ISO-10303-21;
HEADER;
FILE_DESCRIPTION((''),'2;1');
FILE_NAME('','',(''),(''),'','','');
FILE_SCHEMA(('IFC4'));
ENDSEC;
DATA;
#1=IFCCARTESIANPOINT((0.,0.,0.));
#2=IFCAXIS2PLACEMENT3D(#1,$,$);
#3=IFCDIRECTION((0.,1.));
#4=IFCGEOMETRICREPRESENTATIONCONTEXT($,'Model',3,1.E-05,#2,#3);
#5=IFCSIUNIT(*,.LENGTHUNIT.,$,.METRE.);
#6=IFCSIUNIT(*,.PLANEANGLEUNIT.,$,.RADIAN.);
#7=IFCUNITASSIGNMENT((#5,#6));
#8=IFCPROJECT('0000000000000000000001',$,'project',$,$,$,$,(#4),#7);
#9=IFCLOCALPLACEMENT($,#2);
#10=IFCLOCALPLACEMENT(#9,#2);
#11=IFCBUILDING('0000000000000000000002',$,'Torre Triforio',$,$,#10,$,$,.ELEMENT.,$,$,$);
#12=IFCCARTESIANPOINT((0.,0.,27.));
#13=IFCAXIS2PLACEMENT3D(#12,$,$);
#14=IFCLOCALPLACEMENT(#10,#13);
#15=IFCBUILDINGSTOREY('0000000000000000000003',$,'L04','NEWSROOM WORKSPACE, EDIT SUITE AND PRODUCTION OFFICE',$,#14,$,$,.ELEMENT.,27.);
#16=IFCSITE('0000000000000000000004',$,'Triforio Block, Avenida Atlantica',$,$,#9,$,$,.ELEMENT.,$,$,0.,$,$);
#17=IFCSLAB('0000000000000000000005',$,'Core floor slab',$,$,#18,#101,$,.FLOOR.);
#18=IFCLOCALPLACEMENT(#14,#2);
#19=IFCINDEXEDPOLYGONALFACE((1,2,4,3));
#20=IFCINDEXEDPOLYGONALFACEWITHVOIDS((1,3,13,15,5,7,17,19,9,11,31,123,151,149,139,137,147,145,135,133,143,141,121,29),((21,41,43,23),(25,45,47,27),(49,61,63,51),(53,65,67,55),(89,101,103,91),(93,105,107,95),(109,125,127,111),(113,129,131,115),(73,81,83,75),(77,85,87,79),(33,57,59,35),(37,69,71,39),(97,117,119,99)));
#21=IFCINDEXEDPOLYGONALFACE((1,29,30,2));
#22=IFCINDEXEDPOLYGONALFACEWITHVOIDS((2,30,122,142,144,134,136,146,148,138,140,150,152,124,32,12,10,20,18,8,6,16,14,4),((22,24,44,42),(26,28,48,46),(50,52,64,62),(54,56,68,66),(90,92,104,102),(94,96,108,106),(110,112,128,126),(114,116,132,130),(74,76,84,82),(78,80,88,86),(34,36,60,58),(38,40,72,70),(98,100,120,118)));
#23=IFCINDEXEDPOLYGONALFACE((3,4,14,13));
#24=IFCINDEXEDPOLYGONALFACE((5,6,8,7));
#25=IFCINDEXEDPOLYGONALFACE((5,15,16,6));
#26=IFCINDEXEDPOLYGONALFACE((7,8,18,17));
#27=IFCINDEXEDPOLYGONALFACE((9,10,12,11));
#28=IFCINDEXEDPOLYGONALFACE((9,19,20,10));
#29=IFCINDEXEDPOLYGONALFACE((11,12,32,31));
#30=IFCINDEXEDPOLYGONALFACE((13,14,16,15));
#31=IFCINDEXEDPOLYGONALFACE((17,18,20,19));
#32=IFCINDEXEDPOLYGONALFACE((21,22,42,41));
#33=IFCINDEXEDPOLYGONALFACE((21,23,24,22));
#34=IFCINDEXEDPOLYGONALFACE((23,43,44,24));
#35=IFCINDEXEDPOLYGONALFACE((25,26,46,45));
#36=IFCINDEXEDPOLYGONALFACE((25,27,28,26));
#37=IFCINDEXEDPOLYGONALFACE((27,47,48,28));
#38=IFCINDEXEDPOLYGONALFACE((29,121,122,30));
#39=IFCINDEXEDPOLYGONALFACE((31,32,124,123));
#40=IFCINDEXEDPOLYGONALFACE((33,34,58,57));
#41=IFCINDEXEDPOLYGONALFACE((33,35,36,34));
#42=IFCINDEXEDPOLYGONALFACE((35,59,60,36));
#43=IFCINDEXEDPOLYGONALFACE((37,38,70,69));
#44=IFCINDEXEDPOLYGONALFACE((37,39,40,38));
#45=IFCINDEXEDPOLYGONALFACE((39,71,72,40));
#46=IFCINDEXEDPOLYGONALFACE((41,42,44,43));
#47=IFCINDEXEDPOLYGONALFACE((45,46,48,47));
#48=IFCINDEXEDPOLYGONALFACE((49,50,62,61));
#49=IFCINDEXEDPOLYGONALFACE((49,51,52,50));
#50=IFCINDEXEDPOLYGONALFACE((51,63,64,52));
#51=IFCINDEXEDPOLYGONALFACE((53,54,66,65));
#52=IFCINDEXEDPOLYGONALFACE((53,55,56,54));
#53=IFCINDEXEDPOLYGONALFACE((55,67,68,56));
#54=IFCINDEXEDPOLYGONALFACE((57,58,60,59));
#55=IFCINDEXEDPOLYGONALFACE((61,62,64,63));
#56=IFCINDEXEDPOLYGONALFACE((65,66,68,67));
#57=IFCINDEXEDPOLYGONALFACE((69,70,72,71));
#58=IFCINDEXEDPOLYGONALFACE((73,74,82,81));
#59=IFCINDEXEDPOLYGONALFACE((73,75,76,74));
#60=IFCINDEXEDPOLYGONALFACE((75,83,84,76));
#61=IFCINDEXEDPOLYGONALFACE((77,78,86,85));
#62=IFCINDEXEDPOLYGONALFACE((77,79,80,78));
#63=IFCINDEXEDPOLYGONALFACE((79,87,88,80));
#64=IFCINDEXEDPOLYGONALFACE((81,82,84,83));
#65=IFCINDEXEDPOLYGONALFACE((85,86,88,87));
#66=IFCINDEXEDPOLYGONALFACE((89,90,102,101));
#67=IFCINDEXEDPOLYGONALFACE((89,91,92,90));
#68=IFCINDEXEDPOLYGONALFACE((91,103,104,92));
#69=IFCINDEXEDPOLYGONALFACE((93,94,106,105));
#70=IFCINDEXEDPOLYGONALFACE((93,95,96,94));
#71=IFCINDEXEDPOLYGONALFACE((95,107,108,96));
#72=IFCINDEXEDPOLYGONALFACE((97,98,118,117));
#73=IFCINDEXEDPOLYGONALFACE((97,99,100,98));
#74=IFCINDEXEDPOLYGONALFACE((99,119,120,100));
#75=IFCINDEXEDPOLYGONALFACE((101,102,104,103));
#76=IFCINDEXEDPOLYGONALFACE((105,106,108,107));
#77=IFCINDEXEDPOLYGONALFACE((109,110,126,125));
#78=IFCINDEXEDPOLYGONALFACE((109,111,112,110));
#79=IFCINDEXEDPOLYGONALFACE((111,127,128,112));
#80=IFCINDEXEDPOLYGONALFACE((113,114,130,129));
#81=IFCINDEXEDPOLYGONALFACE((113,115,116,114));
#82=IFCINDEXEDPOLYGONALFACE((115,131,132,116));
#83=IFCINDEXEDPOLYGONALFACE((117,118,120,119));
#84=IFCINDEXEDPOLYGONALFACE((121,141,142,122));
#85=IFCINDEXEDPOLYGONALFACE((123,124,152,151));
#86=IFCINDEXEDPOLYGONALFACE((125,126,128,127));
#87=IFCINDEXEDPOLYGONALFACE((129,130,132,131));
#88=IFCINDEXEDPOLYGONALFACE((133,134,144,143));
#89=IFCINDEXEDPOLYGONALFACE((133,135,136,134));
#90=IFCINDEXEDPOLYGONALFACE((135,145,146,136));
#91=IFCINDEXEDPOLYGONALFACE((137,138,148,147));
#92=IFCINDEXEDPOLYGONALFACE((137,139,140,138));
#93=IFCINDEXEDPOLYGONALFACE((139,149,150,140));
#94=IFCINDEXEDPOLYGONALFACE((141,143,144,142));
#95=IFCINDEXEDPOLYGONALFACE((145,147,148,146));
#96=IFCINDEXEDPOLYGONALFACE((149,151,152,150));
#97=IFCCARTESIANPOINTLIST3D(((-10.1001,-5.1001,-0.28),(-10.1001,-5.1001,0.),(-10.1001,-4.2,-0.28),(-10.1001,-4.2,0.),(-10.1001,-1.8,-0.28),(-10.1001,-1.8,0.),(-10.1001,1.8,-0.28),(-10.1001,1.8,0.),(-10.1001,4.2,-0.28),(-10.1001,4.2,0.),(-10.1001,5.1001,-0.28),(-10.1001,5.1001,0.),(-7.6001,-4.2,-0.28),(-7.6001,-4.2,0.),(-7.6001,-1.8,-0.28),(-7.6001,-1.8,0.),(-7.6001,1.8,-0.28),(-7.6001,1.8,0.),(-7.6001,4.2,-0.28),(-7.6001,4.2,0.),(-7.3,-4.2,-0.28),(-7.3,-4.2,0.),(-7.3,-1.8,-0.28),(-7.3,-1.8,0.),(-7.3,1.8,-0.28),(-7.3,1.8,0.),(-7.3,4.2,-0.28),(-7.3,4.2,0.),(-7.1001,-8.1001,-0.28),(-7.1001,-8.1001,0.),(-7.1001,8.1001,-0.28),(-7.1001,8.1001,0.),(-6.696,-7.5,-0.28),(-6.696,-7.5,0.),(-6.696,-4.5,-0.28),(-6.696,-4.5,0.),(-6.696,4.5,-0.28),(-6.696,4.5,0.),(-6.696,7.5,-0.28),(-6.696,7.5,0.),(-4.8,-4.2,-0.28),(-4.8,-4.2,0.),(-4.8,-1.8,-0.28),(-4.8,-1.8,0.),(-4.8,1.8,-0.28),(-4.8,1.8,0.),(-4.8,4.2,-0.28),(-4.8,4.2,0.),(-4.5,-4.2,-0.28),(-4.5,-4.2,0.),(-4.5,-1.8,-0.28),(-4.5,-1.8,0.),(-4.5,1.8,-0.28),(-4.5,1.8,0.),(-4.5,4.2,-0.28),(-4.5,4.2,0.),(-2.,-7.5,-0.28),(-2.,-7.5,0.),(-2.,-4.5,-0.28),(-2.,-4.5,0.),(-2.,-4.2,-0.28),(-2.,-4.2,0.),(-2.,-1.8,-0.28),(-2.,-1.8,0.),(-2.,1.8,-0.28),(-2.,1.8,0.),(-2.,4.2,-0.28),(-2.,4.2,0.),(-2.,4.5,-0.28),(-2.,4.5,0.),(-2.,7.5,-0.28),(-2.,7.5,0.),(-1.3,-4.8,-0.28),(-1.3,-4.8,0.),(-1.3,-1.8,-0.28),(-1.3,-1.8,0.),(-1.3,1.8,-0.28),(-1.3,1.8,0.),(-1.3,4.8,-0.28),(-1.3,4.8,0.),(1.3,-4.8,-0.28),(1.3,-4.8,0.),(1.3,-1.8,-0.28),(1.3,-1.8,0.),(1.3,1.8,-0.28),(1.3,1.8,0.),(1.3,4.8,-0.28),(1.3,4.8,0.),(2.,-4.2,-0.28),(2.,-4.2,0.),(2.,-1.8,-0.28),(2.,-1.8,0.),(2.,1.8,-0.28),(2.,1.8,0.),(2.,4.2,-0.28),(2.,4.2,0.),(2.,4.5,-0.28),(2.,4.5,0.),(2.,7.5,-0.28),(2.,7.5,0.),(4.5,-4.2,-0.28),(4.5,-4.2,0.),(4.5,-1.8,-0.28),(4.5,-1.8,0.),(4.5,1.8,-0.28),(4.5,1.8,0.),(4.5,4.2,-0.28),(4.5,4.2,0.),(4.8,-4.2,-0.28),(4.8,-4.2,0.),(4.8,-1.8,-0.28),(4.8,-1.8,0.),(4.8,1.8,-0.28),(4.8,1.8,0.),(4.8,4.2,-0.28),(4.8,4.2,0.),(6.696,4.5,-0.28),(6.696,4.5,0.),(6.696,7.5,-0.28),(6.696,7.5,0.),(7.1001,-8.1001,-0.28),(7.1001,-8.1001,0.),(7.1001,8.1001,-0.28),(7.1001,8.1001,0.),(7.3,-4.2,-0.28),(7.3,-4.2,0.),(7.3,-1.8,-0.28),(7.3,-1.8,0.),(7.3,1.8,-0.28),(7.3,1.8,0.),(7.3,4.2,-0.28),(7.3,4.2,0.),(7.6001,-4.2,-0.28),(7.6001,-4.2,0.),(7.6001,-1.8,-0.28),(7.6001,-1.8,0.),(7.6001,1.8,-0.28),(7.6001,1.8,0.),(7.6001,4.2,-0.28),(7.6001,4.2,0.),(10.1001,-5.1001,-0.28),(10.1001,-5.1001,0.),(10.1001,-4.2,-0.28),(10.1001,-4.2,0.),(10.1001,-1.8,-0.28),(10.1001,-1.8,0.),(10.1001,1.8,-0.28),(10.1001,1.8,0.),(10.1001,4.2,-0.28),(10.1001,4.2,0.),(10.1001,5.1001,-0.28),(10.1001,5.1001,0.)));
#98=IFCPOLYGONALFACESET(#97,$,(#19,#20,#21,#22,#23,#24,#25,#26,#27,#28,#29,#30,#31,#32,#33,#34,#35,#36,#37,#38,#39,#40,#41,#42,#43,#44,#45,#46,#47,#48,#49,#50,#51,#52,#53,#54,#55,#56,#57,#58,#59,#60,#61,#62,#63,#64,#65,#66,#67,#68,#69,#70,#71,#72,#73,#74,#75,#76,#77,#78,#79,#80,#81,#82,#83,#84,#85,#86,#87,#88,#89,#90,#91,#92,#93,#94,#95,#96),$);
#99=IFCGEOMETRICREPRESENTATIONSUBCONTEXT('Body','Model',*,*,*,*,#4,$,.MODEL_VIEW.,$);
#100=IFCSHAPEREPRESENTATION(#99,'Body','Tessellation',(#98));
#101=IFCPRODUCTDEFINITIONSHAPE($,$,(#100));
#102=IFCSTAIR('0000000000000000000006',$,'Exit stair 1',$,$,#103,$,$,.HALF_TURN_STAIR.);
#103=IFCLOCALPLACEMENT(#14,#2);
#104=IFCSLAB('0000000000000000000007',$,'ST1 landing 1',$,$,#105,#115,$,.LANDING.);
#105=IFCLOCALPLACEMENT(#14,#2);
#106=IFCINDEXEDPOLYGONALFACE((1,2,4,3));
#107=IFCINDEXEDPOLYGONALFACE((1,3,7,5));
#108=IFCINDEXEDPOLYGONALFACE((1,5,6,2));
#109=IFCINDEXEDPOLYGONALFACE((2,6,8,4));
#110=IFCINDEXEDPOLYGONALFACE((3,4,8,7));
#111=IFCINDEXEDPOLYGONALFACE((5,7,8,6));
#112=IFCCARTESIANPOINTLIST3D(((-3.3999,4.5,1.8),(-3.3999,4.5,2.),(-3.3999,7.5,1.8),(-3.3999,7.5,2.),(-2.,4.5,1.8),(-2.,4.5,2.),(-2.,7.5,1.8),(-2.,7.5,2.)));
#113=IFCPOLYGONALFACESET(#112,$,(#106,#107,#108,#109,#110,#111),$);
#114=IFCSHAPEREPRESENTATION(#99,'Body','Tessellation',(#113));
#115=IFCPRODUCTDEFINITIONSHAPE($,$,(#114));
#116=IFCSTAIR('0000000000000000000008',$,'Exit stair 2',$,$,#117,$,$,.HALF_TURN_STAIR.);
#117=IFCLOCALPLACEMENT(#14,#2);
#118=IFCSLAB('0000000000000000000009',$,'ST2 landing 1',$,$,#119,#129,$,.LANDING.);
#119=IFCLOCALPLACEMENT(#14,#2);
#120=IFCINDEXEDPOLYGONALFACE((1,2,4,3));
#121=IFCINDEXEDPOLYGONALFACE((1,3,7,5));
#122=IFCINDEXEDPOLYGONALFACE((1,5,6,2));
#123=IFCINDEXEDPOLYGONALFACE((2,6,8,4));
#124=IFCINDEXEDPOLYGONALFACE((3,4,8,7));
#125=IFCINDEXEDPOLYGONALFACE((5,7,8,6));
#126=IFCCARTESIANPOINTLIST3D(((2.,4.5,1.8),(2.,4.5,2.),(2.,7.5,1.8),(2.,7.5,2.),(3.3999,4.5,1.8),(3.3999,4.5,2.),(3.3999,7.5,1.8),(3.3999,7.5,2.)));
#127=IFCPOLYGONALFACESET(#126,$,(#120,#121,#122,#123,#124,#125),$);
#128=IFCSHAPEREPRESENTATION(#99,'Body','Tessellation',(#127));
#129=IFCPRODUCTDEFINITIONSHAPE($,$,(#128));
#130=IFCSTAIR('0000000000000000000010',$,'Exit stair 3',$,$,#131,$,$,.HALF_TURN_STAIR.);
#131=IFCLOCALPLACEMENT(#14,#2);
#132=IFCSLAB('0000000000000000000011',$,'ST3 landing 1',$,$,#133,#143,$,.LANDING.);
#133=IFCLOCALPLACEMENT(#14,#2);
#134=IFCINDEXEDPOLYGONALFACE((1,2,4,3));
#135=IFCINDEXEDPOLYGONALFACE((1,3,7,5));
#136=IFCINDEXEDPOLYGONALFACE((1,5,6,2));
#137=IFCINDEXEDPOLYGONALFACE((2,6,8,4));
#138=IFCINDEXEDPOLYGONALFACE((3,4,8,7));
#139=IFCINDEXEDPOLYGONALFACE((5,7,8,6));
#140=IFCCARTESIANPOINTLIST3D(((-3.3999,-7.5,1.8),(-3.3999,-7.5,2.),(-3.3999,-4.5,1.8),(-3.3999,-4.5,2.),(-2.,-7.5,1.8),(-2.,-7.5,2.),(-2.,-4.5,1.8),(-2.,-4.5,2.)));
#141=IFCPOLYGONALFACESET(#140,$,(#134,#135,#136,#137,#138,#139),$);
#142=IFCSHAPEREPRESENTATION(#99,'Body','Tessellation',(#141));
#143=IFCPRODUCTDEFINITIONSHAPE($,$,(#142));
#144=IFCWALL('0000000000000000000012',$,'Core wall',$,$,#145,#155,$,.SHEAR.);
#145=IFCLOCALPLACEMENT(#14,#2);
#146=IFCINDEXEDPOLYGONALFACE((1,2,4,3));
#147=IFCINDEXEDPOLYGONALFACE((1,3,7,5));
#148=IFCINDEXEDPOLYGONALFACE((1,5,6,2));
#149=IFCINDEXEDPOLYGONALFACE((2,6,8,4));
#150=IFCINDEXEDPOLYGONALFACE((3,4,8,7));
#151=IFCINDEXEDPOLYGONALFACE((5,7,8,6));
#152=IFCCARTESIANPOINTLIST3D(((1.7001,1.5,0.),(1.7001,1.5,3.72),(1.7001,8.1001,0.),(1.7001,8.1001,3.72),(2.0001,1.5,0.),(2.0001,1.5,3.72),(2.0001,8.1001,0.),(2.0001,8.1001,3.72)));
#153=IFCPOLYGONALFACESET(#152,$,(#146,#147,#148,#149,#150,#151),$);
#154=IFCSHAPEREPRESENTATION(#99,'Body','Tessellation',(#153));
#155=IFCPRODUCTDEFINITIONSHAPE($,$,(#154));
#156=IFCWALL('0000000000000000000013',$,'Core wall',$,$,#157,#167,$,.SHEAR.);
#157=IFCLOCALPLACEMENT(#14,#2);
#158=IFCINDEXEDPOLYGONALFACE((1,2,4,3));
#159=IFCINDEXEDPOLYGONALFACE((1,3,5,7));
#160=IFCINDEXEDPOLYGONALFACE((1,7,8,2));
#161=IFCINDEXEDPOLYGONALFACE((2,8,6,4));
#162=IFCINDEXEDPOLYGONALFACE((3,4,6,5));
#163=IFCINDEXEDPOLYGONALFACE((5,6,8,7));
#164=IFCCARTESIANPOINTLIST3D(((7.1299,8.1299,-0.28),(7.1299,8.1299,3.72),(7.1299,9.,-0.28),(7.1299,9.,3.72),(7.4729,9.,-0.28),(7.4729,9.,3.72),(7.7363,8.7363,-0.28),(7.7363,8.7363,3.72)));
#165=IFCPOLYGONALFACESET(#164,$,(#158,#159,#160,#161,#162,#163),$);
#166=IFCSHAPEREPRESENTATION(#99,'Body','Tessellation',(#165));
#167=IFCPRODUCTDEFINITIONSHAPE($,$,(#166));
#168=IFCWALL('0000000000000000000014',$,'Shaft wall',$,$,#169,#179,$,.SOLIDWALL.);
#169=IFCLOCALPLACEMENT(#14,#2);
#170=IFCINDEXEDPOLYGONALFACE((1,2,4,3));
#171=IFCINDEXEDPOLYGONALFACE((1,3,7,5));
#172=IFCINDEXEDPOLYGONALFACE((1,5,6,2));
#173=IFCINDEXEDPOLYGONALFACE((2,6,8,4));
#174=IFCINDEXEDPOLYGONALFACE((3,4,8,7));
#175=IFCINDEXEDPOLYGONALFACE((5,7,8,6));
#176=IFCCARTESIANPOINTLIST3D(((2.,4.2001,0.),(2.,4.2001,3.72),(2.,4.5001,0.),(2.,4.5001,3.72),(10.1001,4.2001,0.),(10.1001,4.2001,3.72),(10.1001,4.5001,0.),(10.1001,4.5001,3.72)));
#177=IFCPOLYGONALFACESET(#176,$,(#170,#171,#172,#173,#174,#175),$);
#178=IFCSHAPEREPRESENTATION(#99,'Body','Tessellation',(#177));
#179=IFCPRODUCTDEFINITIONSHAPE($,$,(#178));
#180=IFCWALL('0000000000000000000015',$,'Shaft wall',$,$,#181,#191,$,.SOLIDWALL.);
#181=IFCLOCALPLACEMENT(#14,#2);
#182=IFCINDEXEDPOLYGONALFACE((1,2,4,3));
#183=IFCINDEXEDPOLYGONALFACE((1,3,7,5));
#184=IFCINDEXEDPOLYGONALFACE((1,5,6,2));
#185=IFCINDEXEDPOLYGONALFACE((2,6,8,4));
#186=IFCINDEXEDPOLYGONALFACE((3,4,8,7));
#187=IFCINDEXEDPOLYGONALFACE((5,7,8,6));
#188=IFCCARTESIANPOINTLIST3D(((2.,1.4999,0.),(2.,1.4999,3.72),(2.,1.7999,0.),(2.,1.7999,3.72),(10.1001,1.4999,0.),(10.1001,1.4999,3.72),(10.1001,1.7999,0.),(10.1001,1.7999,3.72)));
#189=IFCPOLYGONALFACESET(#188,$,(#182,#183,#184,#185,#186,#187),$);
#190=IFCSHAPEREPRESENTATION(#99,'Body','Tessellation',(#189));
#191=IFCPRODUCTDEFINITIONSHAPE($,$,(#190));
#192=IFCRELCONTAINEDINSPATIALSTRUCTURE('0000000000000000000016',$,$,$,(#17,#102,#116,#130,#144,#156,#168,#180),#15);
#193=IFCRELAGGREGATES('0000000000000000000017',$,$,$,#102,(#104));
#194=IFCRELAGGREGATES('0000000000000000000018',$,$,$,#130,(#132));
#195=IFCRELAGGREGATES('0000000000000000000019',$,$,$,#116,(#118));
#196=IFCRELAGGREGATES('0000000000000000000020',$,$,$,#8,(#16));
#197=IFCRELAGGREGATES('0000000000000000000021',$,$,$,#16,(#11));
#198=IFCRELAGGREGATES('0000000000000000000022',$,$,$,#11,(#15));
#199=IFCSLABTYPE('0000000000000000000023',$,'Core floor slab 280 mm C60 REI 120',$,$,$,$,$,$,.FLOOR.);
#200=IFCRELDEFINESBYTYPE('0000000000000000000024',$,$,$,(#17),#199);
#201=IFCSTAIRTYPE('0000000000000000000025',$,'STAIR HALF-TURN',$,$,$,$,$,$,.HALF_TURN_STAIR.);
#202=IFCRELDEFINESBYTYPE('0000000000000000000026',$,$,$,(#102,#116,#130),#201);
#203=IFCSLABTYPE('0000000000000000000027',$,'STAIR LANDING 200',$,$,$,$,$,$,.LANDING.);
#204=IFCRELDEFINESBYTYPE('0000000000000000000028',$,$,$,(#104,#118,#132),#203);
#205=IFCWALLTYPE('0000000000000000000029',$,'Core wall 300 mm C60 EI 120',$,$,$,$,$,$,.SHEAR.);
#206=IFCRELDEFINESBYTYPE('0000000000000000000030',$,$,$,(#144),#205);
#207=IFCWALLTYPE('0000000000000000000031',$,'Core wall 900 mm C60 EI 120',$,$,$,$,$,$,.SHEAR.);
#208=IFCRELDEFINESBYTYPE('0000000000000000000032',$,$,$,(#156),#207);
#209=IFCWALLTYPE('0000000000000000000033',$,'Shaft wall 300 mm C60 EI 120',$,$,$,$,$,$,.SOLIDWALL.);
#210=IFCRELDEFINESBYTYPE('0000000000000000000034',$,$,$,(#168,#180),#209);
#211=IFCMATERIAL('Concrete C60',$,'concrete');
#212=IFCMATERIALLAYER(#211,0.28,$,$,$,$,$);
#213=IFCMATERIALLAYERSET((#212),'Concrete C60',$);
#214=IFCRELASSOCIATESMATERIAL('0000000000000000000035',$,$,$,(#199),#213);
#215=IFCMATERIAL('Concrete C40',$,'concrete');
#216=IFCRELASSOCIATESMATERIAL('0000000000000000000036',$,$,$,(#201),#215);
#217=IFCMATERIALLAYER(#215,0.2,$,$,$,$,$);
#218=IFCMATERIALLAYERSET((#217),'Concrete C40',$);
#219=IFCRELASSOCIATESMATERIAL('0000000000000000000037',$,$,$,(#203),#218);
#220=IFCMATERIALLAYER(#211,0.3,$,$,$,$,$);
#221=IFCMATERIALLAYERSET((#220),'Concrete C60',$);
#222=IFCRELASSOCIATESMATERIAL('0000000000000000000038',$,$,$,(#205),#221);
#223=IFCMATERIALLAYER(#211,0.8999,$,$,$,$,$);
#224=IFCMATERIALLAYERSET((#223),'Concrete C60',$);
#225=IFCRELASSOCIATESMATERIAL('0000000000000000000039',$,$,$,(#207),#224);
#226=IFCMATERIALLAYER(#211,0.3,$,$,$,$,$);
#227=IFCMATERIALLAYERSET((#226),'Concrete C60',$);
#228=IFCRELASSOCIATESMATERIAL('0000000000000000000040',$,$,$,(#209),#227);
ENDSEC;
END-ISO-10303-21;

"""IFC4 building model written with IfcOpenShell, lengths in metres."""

from ifc_helpers import new_model, si_unit, direction, frame, frame_2d, origin, place, context, subcontext, project, spatial, polyline, rectangle, outline, extrude, material, layer, layer_set, type_object, element, aggregate, save


model = new_model("IFC4")

# Units and contexts
model_context = context("Model", 3, precision=1e-05, world=origin(), true_north=direction((0.0, 1.0)))
body_context = subcontext(model_context, "Body", "Model", "MODEL_VIEW")
ifc_project = project(units=[si_unit("LENGTHUNIT", "METRE"), si_unit("PLANEANGLEUNIT", "RADIAN")], contexts=[model_context])

# Site, building, storey
site_placement = place(None, origin())
site = spatial("IfcSite", under=ifc_project, at=site_placement, Name="Triforio Block, Avenida Atlantica", CompositionType="ELEMENT", RefElevation=0.0)
building_placement = place(site_placement, origin())
building = spatial("IfcBuilding", under=site, at=building_placement, Name="Torre Triforio", CompositionType="ELEMENT")
storey_placement = place(building_placement, frame((0.0, 0.0, 27.0)))
storey = spatial("IfcBuildingStorey", under=building, at=storey_placement, Name="L04", Description="NEWSROOM WORKSPACE, EDIT SUITE AND PRODUCTION OFFICE", CompositionType="ELEMENT", Elevation=27.0)

# Slab
ifc_material_1 = material(Name="Concrete C60", Category="concrete")
ifc_layer_1 = layer(ifc_material_1, 0.28)
ifc_layer_set_1 = layer_set([ifc_layer_1], Name="Concrete C60")
slab_type_1 = type_object("IfcSlabType", Name="Core floor slab 280 mm C60 REI 120", PredefinedType="FLOOR", material=ifc_layer_set_1)
slab_1_placement = place(storey_placement, frame((0.0, 0.0, -0.28)))
element("IfcSlab", 1, at=slab_1_placement, inside=storey, type_object=slab_type_1, Name="Core floor slab", PredefinedType="FLOOR", context=body_context, shape_type="SweptSolid", body=[
    extrude(outline(polyline([(10.1001, -5.1001), (7.1001, -8.1001), (-7.1001, -8.1001), (-10.1001, -5.1001), (-10.1001, -4.2), (-7.6001, -4.2), (-7.6001, -1.8), (-10.1001, -1.8), (-10.1001, 1.8), (-7.6001, 1.8), (-7.6001, 4.2), (-10.1001, 4.2), (-10.1001, 5.1001), (-7.1001, 8.1001), (7.1001, 8.1001), (10.1001, 5.1001), (10.1001, 4.2), (7.6001, 4.2), (7.6001, 1.8), (10.1001, 1.8), (10.1001, -1.8), (7.6001, -1.8), (7.6001, -4.2), (10.1001, -4.2), (10.1001, -5.1001)]), holes=[polyline([(-2.0, -4.5), (-6.696, -4.5), (-6.696, -7.5), (-2.0, -7.5), (-2.0, -4.5)]), polyline([(-4.8, -1.8), (-7.3, -1.8), (-7.3, -4.2), (-4.8, -4.2), (-4.8, -1.8)]), polyline([(-2.0, -1.8), (-4.5, -1.8), (-4.5, -4.2), (-2.0, -4.2), (-2.0, -1.8)]), polyline([(-4.8, 4.2), (-7.3, 4.2), (-7.3, 1.8), (-4.8, 1.8), (-4.8, 4.2)]), polyline([(-2.0, 4.2), (-4.5, 4.2), (-4.5, 1.8), (-2.0, 1.8), (-2.0, 4.2)]), polyline([(1.3, 4.8), (-1.3, 4.8), (-1.3, 1.8), (1.3, 1.8), (1.3, 4.8)]), polyline([(-2.0, 7.5), (-6.696, 7.5), (-6.696, 4.5), (-2.0, 4.5), (-2.0, 7.5)]), polyline([(1.3, -1.8), (-1.3, -1.8), (-1.3, -4.8), (1.3, -4.8), (1.3, -1.8)]), polyline([(4.5, -1.8), (2.0, -1.8), (2.0, -4.2), (4.5, -4.2), (4.5, -1.8)]), polyline([(7.3, -1.8), (4.8, -1.8), (4.8, -4.2), (7.3, -4.2), (7.3, -1.8)]), polyline([(4.5, 4.2), (2.0, 4.2), (2.0, 1.8), (4.5, 1.8), (4.5, 4.2)]), polyline([(7.3, 4.2), (4.8, 4.2), (4.8, 1.8), (7.3, 1.8), (7.3, 4.2)]), polyline([(6.696, 4.5), (6.696, 7.5), (2.0, 7.5), (2.0, 4.5), (6.696, 4.5)])]), origin(), (0.0, 0.0, 1.0), 0.28),
])

# Stairs, slabs
ifc_material_2 = material(Name="Concrete C40", Category="concrete")
stair_type = type_object("IfcStairType", Name="STAIR HALF-TURN", PredefinedType="HALF_TURN_STAIR", material=ifc_material_2)
stair_1_placement = place(storey_placement, origin())
stair_1 = element("IfcStair", 2, at=stair_1_placement, inside=storey, type_object=stair_type, Name="Exit stair 1", PredefinedType="HALF_TURN_STAIR")
ifc_layer_2 = layer(ifc_material_2, 0.2)
ifc_layer_set_2 = layer_set([ifc_layer_2], Name="Concrete C40")
slab_type_2 = type_object("IfcSlabType", Name="STAIR LANDING 200", PredefinedType="LANDING", material=ifc_layer_set_2)
slab_2_placement = place(storey_placement, frame((0.0, 0.0, 1.8)))
slab_2 = element("IfcSlab", 3, at=slab_2_placement, type_object=slab_type_2, Name="ST1 landing 1", PredefinedType="LANDING", context=body_context, shape_type="SweptSolid", body=[
    extrude(outline(polyline([(-2.0, 4.5), (-2.0, 7.5), (-3.3999, 7.5), (-3.3999, 4.5), (-2.0, 4.5)])), origin(), (0.0, 0.0, 1.0), 0.2),
])
aggregate(stair_1, [slab_2])
stair_2_placement = place(storey_placement, origin())
stair_2 = element("IfcStair", 4, at=stair_2_placement, inside=storey, type_object=stair_type, Name="Exit stair 2", PredefinedType="HALF_TURN_STAIR")
slab_3_placement = place(storey_placement, frame((0.0, 0.0, 1.8)))
slab_3 = element("IfcSlab", 5, at=slab_3_placement, type_object=slab_type_2, Name="ST2 landing 1", PredefinedType="LANDING", context=body_context, shape_type="SweptSolid", body=[
    extrude(outline(polyline([(3.3999, 4.5), (3.3999, 7.5), (2.0, 7.5), (2.0, 4.5), (3.3999, 4.5)])), origin(), (0.0, 0.0, 1.0), 0.2),
])
stair_3_placement = place(storey_placement, origin())
stair_3 = element("IfcStair", 6, at=stair_3_placement, inside=storey, type_object=stair_type, Name="Exit stair 3", PredefinedType="HALF_TURN_STAIR")
slab_4_placement = place(storey_placement, frame((0.0, 0.0, 1.8)))
slab_4 = element("IfcSlab", 7, at=slab_4_placement, type_object=slab_type_2, Name="ST3 landing 1", PredefinedType="LANDING", context=body_context, shape_type="SweptSolid", body=[
    extrude(outline(polyline([(-2.0, -7.5), (-2.0, -4.5), (-3.3999, -4.5), (-3.3999, -7.5), (-2.0, -7.5)])), origin(), (0.0, 0.0, 1.0), 0.2),
])
aggregate(stair_3, [slab_4])

# Walls
ifc_layer_3 = layer(ifc_material_1, 0.3)
ifc_layer_set_3 = layer_set([ifc_layer_3], Name="Concrete C60")
wall_type_1 = type_object("IfcWallType", Name="Core wall 300 mm C60 EI 120", PredefinedType="SHEAR", material=ifc_layer_set_3)
wall_1_placement = place(storey_placement, frame((1.8501, 1.5, 0.0), z_axis=(0.0, 0.0, 1.0), x_axis=(0.0, 1.0, 0.0)))
element("IfcWall", 8, at=wall_1_placement, inside=storey, type_object=wall_type_1, Name="Core wall", PredefinedType="SHEAR", context=body_context, shape_type="SweptSolid", body=[
    extrude(rectangle(XDim=6.6001, YDim=0.3, at=frame_2d((3.3, 0.0))), origin(), (0.0, 0.0, 1.0), 3.72),
])
ifc_layer_4 = layer(ifc_material_1, 0.8999)
ifc_layer_set_4 = layer_set([ifc_layer_4], Name="Concrete C60")
wall_type_2 = type_object("IfcWallType", Name="Core wall 900 mm C60 EI 120", PredefinedType="SHEAR", material=ifc_layer_set_4)
wall_2_placement = place(storey_placement, frame((0.0, 0.0, -0.28)))
element("IfcWall", 9, at=wall_2_placement, inside=storey, type_object=wall_type_2, Name="Core wall", PredefinedType="SHEAR", context=body_context, shape_type="SweptSolid", body=[
    extrude(outline(polyline([(7.4729, 9.0), (7.7363, 8.7363), (7.1299, 8.1299), (7.1299, 9.0), (7.4729, 9.0)])), origin(), (0.0, 0.0, 1.0), 4.0),
])
ifc_layer_5 = layer(ifc_material_1, 0.3)
ifc_layer_set_5 = layer_set([ifc_layer_5], Name="Concrete C60")
wall_type_3 = type_object("IfcWallType", Name="Shaft wall 300 mm C60 EI 120", PredefinedType="SOLIDWALL", material=ifc_layer_set_5)
for number, where, z_axis, x_axis, name in (
    (10, (2.0, 4.3501, 0.0), (0.0, 0.0, 1.0), (1.0, 0.0, 0.0), "Shaft wall"),
    (11, (2.0, 1.6499, 0.0), (0.0, 0.0, 1.0), (1.0, 0.0, 0.0), "Shaft wall"),
):
    element("IfcWall", number, at=place(storey_placement, frame(where, z_axis=z_axis, x_axis=x_axis)), inside=storey, type_object=wall_type_3, Name=name, PredefinedType="SOLIDWALL", context=body_context, shape_type="SweptSolid", body=[
        extrude(rectangle(XDim=8.1001, YDim=0.3, at=frame_2d((4.05, 0.0))), origin(), (0.0, 0.0, 1.0), 3.72),
    ])

aggregate(stair_2, [slab_3])

save(model, "model.ifc")
